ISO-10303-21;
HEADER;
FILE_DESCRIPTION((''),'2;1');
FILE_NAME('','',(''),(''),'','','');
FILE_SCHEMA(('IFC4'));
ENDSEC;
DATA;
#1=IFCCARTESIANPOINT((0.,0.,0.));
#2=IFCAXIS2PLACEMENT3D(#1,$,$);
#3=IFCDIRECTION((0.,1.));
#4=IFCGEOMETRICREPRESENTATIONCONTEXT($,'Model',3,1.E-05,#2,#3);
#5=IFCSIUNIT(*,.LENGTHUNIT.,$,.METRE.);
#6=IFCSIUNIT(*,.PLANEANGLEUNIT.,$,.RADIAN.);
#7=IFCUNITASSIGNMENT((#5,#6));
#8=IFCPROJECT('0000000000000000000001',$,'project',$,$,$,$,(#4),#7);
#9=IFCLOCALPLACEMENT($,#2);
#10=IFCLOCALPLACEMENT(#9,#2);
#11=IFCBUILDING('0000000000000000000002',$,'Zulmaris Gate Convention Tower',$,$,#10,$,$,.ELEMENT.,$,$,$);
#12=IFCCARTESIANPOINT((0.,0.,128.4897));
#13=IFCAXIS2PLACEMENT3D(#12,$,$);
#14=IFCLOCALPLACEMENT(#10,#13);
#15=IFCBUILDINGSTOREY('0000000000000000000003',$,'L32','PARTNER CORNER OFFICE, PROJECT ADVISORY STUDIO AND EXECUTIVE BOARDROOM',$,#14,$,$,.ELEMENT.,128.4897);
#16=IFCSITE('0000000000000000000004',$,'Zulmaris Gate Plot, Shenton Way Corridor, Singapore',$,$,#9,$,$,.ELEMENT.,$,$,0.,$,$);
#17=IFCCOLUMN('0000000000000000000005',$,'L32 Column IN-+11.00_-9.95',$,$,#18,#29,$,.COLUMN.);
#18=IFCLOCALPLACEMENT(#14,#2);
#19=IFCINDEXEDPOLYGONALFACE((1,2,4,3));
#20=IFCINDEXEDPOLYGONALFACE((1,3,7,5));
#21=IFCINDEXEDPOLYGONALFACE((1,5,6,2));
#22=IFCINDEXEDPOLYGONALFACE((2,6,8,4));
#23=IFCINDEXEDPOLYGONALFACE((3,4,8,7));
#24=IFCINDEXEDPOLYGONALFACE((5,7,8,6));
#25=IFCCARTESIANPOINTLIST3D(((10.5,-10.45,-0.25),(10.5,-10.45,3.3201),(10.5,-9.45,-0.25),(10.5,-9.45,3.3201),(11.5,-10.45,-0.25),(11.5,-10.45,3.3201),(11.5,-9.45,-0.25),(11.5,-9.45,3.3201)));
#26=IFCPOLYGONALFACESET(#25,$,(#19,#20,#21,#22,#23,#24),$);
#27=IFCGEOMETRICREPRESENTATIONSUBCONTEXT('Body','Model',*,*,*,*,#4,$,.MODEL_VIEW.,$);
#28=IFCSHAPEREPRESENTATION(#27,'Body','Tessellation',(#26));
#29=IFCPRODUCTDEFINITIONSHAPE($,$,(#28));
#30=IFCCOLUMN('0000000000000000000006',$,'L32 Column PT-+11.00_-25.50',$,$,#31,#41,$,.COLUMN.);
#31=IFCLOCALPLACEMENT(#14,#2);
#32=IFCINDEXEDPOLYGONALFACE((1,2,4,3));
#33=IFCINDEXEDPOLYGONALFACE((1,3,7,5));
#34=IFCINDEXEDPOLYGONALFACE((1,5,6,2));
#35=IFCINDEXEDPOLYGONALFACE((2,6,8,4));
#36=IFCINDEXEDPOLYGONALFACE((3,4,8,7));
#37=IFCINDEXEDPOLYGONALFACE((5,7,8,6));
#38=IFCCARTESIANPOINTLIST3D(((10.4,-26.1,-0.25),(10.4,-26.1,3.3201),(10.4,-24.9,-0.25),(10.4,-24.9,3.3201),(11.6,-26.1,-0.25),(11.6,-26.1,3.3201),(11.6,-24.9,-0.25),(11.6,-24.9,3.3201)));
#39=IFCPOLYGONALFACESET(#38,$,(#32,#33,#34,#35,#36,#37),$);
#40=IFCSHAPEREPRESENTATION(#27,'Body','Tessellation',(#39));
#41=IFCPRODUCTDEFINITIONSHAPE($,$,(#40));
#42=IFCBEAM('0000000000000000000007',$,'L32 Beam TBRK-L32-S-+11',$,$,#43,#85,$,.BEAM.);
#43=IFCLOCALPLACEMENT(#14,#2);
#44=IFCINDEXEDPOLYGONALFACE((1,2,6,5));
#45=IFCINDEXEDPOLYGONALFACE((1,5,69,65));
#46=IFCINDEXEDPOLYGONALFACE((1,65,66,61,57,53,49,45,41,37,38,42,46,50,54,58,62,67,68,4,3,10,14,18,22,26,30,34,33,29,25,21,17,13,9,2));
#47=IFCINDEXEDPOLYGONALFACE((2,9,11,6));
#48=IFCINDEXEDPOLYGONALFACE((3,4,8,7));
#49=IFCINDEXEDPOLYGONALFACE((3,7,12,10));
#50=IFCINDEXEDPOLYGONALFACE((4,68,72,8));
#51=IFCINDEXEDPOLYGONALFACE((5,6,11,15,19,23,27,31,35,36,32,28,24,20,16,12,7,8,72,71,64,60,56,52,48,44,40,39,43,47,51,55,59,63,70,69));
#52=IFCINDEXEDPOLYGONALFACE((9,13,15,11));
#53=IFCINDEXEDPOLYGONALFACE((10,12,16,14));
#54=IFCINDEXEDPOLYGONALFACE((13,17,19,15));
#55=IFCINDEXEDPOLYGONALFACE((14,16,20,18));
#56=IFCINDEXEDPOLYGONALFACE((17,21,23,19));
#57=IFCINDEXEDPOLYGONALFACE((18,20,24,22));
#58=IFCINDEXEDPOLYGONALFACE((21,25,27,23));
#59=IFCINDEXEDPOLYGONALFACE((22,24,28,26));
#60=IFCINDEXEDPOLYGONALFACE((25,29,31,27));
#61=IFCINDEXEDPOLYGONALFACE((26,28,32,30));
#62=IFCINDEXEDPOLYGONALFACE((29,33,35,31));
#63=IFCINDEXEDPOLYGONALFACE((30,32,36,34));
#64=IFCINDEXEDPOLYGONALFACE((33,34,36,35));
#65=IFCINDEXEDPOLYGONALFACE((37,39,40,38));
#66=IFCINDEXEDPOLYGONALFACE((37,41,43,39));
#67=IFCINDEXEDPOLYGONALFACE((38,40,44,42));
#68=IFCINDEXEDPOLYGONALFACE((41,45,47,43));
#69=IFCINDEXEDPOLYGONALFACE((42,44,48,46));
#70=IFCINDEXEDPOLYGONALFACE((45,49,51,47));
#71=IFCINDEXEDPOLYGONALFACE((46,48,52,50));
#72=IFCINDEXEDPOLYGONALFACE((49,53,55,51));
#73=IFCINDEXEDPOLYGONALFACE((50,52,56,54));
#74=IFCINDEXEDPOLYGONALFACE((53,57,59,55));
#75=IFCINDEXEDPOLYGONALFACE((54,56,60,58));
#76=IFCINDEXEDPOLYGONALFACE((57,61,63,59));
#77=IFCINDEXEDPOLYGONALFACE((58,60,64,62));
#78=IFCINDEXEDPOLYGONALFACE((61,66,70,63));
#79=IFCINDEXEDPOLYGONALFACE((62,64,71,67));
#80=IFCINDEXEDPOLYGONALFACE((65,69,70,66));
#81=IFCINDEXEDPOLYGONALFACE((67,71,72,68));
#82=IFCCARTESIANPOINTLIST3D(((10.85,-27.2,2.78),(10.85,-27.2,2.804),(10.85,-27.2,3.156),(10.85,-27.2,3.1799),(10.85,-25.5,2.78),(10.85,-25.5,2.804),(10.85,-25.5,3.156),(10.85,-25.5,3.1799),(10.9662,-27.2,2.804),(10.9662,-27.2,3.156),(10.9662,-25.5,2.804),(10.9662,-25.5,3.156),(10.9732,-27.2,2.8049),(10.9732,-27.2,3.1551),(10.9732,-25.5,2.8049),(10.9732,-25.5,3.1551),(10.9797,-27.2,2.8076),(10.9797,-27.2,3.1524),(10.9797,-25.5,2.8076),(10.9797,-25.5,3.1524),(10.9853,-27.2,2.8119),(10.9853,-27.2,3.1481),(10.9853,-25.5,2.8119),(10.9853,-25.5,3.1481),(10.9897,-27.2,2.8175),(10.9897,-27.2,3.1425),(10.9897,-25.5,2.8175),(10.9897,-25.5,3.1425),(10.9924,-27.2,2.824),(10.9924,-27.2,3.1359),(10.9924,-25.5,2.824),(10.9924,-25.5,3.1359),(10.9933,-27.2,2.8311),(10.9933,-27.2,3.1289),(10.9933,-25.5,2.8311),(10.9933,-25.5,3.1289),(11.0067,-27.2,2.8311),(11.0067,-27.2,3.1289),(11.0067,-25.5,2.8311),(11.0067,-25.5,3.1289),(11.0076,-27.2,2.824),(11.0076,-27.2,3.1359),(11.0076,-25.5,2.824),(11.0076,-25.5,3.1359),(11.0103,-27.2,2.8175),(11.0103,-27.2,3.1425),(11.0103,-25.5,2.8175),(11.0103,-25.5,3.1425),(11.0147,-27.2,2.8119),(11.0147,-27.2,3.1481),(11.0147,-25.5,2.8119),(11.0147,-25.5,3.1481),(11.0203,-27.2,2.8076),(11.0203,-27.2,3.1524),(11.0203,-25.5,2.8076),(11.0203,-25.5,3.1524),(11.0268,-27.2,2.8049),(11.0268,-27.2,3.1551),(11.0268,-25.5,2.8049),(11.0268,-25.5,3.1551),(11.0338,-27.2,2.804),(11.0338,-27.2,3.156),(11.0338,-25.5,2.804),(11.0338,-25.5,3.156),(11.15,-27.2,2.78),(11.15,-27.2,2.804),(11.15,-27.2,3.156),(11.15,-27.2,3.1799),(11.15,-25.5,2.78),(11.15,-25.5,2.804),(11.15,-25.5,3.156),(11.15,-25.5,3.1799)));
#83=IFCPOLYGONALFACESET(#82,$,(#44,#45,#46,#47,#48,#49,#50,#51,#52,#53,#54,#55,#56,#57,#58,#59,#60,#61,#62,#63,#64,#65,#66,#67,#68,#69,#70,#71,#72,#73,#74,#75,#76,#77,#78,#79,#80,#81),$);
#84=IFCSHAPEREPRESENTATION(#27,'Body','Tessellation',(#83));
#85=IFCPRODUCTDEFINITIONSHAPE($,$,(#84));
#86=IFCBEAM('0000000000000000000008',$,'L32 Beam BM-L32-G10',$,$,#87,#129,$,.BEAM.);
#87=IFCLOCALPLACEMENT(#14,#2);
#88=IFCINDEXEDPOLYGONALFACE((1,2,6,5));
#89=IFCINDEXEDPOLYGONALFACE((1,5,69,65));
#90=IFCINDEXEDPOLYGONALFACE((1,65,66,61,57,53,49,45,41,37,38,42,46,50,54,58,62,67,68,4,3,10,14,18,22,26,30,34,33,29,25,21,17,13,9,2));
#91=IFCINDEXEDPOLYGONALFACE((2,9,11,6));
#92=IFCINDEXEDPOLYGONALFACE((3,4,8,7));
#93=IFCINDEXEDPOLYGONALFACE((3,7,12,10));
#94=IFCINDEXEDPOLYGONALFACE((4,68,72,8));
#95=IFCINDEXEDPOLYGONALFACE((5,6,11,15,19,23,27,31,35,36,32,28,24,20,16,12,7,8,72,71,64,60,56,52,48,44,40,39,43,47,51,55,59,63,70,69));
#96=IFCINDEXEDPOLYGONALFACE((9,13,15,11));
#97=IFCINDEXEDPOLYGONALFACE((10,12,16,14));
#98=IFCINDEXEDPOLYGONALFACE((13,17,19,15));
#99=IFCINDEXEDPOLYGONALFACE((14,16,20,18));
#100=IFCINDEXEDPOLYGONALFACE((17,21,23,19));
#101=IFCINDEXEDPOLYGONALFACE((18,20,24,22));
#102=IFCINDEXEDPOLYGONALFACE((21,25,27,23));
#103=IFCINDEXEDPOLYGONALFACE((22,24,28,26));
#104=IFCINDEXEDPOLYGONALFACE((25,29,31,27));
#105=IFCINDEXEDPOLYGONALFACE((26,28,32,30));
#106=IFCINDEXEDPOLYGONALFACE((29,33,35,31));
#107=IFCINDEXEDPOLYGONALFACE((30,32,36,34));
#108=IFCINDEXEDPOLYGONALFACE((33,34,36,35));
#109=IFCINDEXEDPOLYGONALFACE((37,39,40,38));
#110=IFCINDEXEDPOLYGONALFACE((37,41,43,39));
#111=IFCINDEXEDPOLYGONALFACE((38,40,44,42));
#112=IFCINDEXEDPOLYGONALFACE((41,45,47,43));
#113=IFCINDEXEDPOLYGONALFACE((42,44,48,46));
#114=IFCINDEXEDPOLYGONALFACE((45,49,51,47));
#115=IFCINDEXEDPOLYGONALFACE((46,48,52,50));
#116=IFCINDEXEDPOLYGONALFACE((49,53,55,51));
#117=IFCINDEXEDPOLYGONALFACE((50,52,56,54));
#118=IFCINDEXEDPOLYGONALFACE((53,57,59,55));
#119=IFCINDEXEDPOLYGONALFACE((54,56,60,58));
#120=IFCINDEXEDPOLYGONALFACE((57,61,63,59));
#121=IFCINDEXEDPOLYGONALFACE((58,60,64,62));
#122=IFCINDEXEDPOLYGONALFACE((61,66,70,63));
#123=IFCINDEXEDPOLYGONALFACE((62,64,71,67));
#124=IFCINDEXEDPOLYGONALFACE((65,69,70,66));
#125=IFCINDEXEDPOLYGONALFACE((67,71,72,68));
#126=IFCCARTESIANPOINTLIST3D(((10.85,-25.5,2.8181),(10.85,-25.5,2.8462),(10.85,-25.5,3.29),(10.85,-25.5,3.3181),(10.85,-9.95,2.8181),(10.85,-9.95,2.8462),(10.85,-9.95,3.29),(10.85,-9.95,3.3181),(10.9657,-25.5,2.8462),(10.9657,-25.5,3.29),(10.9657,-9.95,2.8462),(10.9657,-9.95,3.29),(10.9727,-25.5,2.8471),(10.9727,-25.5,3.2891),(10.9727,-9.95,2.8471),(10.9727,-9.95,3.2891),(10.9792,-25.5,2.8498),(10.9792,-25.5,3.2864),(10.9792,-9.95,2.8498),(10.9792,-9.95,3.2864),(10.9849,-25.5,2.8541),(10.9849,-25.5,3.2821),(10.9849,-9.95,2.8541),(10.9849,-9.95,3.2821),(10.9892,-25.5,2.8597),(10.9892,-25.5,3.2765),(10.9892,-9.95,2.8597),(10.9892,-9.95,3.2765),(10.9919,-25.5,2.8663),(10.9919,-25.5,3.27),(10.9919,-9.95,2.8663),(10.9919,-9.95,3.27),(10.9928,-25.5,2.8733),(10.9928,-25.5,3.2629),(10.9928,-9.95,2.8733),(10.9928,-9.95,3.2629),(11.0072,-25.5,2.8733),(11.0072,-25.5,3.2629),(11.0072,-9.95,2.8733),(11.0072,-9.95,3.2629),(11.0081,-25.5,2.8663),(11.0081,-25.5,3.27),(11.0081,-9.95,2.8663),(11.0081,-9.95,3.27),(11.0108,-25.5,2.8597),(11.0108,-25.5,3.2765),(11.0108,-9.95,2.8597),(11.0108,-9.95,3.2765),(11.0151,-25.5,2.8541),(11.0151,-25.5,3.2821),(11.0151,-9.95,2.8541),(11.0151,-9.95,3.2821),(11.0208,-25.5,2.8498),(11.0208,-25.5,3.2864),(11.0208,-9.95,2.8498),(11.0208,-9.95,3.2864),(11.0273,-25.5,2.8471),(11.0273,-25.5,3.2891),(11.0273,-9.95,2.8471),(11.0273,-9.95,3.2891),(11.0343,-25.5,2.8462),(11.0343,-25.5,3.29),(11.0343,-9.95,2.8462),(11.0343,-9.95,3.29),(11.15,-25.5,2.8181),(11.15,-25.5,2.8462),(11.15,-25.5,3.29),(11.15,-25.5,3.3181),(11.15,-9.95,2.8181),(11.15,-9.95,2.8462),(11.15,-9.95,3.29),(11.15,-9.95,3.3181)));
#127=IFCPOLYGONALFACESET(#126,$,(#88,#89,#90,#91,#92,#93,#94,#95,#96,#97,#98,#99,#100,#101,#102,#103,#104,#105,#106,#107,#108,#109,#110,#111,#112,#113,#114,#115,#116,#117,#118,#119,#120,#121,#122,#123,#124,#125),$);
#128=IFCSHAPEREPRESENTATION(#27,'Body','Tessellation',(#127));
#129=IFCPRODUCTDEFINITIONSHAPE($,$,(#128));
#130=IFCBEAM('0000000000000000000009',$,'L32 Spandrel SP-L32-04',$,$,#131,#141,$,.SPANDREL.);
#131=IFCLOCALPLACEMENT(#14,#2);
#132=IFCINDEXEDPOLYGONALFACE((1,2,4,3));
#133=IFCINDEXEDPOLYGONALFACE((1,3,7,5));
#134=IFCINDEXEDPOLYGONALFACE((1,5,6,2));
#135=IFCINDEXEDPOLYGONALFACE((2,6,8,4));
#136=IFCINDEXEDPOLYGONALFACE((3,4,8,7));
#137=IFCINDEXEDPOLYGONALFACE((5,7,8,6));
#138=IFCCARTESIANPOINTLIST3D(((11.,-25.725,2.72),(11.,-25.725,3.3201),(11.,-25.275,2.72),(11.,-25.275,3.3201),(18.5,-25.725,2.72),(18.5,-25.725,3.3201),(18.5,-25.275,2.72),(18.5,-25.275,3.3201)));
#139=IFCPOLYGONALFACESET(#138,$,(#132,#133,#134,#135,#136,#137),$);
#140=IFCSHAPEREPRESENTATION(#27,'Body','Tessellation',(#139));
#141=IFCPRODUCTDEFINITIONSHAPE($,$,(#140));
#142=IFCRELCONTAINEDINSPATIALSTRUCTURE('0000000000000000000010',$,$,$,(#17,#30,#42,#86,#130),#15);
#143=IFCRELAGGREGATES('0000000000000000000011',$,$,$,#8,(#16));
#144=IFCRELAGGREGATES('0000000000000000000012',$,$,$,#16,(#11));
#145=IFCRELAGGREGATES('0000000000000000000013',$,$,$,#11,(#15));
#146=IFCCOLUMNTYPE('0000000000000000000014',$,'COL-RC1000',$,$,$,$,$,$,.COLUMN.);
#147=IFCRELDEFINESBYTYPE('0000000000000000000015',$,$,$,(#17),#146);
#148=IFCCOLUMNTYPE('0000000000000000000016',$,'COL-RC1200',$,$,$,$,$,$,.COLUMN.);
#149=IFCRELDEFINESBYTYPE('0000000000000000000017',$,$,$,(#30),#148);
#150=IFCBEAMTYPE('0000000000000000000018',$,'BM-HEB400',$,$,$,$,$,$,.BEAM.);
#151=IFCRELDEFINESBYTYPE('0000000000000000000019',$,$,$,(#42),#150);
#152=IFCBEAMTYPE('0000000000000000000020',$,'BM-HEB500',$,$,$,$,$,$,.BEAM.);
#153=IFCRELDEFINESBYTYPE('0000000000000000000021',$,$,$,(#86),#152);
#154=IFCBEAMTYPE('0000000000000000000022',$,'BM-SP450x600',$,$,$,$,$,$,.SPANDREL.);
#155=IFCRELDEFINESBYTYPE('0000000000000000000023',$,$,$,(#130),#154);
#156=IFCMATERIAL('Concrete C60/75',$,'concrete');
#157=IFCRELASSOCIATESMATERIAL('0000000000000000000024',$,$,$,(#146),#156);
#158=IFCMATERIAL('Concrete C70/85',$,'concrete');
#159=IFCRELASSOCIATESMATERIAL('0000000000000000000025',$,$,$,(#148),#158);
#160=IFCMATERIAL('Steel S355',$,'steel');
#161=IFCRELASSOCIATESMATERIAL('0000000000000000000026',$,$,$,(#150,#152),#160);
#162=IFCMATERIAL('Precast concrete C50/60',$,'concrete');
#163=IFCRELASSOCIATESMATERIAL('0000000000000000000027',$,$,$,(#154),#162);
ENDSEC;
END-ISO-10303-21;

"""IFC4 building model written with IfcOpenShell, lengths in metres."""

from ifc_helpers import new_model, si_unit, direction, frame, origin, origin_2d, place, context, subcontext, project, spatial, rectangle, i_section, extrude, material, material_profile, profile_set, type_object, element, save


model = new_model("IFC4")

# Units and contexts
model_context = context("Model", 3, precision=1e-05, world=origin(), true_north=direction((0.0, 1.0)))
body_context = subcontext(model_context, "Body", "Model", "MODEL_VIEW")
ifc_project = project(units=[si_unit("LENGTHUNIT", "METRE"), si_unit("PLANEANGLEUNIT", "RADIAN")], contexts=[model_context])

# Site, building, storey
site_placement = place(None, origin())
site = spatial("IfcSite", under=ifc_project, at=site_placement, Name="Zulmaris Gate Plot, Shenton Way Corridor, Singapore", CompositionType="ELEMENT", RefElevation=0.0)
building_placement = place(site_placement, origin())
building = spatial("IfcBuilding", under=site, at=building_placement, Name="Zulmaris Gate Convention Tower", CompositionType="ELEMENT")
storey_placement = place(building_placement, frame((0.0, 0.0, 128.4897)))
storey = spatial("IfcBuildingStorey", under=building, at=storey_placement, Name="L32", Description="PARTNER CORNER OFFICE, PROJECT ADVISORY STUDIO AND EXECUTIVE BOARDROOM", CompositionType="ELEMENT", Elevation=128.4897)

# Columns
ifc_material_1 = material(Name="Concrete C60/75", Category="concrete")
ifc_material_profile_1 = material_profile(ifc_material_1, rectangle(XDim=1.0, YDim=1.0, at=origin_2d()), Name="RC COL 1000x1000")
ifc_profile_set_1 = profile_set([ifc_material_profile_1], Name="Concrete C60/75")
column_type_1 = type_object("IfcColumnType", Name="COL-RC1000", PredefinedType="COLUMN", material=ifc_profile_set_1)
column_1_placement = place(storey_placement, frame((11.0, -9.95, -0.25), z_axis=(0.0, 0.0, 1.0), x_axis=(1.0, 0.0, 0.0)))
element("IfcColumn", 1, at=column_1_placement, inside=storey, type_object=column_type_1, Name="L32 Column IN-+11.00_-9.95", PredefinedType="COLUMN", context=body_context, shape_type="SweptSolid", body=[
    extrude(rectangle(XDim=1.0, YDim=1.0, at=origin_2d()), origin(), (0.0, 0.0, 1.0), 3.5701),
])
ifc_material_2 = material(Name="Concrete C70/85", Category="concrete")
ifc_material_profile_2 = material_profile(ifc_material_2, rectangle(XDim=1.2, YDim=1.2, at=origin_2d()), Name="RC COL 1200x1200")
ifc_profile_set_2 = profile_set([ifc_material_profile_2], Name="Concrete C70/85")
column_type_2 = type_object("IfcColumnType", Name="COL-RC1200", PredefinedType="COLUMN", material=ifc_profile_set_2)
column_2_placement = place(storey_placement, frame((11.0, -25.5, -0.25), z_axis=(0.0, 0.0, 1.0), x_axis=(1.0, 0.0, 0.0)))
element("IfcColumn", 2, at=column_2_placement, inside=storey, type_object=column_type_2, Name="L32 Column PT-+11.00_-25.50", PredefinedType="COLUMN", context=body_context, shape_type="SweptSolid", body=[
    extrude(rectangle(XDim=1.2, YDim=1.2, at=origin_2d()), origin(), (0.0, 0.0, 1.0), 3.5701),
])

# Beams
ifc_material_3 = material(Name="Steel S355", Category="steel")
ifc_material_profile_3 = material_profile(ifc_material_3, i_section(OverallWidth=0.3, OverallDepth=0.3999, WebThickness=0.0134, FlangeThickness=0.0239, FilletRadius=0.0271, at=origin_2d()), Name="HEB 400")
ifc_profile_set_3 = profile_set([ifc_material_profile_3], Name="Steel S355")
beam_type_1 = type_object("IfcBeamType", Name="BM-HEB400", PredefinedType="BEAM", material=ifc_profile_set_3)
beam_1_placement = place(storey_placement, frame((11.0, -27.2, 2.98), z_axis=(0.0, 1.0, 0.0), x_axis=(-1.0, 0.0, 0.0)))
element("IfcBeam", 3, at=beam_1_placement, inside=storey, type_object=beam_type_1, Name="L32 Beam TBRK-L32-S-+11", PredefinedType="BEAM", context=body_context, shape_type="SweptSolid", body=[
    extrude(i_section(OverallWidth=0.3, OverallDepth=0.3999, WebThickness=0.0134, FlangeThickness=0.0239, FilletRadius=0.0271, at=origin_2d()), origin(), (0.0, 0.0, 1.0), 1.7),
])
ifc_material_profile_4 = material_profile(ifc_material_3, i_section(OverallWidth=0.3, OverallDepth=0.5, WebThickness=0.0144, FlangeThickness=0.0281, FilletRadius=0.0271, at=origin_2d()), Name="HEB 500")
ifc_profile_set_4 = profile_set([ifc_material_profile_4], Name="Steel S355")
beam_type_2 = type_object("IfcBeamType", Name="BM-HEB500", PredefinedType="BEAM", material=ifc_profile_set_4)
beam_2_placement = place(storey_placement, frame((11.0, -25.5, 3.0681), z_axis=(0.0, 1.0, 0.0), x_axis=(-1.0, 0.0, 0.0)))
element("IfcBeam", 4, at=beam_2_placement, inside=storey, type_object=beam_type_2, Name="L32 Beam BM-L32-G10", PredefinedType="BEAM", context=body_context, shape_type="SweptSolid", body=[
    extrude(i_section(OverallWidth=0.3, OverallDepth=0.5, WebThickness=0.0144, FlangeThickness=0.0281, FilletRadius=0.0271, at=origin_2d()), origin(), (0.0, 0.0, 1.0), 15.55),
])
ifc_material_4 = material(Name="Precast concrete C50/60", Category="concrete")
ifc_material_profile_5 = material_profile(ifc_material_4, rectangle(XDim=0.45, YDim=0.6001, at=origin_2d()), Name="RC SPANDREL 450x600")
ifc_profile_set_5 = profile_set([ifc_material_profile_5], Name="Precast concrete C50/60")
beam_type_3 = type_object("IfcBeamType", Name="BM-SP450x600", PredefinedType="SPANDREL", material=ifc_profile_set_5)
beam_3_placement = place(storey_placement, frame((11.0, -25.5, 3.02), z_axis=(1.0, 0.0, 0.0), x_axis=(0.0, 1.0, 0.0)))
element("IfcBeam", 5, at=beam_3_placement, inside=storey, type_object=beam_type_3, Name="L32 Spandrel SP-L32-04", PredefinedType="SPANDREL", context=body_context, shape_type="SweptSolid", body=[
    extrude(rectangle(XDim=0.45, YDim=0.6001, at=origin_2d()), origin(), (0.0, 0.0, 1.0), 7.5),
])

save(model, "model.ifc")
